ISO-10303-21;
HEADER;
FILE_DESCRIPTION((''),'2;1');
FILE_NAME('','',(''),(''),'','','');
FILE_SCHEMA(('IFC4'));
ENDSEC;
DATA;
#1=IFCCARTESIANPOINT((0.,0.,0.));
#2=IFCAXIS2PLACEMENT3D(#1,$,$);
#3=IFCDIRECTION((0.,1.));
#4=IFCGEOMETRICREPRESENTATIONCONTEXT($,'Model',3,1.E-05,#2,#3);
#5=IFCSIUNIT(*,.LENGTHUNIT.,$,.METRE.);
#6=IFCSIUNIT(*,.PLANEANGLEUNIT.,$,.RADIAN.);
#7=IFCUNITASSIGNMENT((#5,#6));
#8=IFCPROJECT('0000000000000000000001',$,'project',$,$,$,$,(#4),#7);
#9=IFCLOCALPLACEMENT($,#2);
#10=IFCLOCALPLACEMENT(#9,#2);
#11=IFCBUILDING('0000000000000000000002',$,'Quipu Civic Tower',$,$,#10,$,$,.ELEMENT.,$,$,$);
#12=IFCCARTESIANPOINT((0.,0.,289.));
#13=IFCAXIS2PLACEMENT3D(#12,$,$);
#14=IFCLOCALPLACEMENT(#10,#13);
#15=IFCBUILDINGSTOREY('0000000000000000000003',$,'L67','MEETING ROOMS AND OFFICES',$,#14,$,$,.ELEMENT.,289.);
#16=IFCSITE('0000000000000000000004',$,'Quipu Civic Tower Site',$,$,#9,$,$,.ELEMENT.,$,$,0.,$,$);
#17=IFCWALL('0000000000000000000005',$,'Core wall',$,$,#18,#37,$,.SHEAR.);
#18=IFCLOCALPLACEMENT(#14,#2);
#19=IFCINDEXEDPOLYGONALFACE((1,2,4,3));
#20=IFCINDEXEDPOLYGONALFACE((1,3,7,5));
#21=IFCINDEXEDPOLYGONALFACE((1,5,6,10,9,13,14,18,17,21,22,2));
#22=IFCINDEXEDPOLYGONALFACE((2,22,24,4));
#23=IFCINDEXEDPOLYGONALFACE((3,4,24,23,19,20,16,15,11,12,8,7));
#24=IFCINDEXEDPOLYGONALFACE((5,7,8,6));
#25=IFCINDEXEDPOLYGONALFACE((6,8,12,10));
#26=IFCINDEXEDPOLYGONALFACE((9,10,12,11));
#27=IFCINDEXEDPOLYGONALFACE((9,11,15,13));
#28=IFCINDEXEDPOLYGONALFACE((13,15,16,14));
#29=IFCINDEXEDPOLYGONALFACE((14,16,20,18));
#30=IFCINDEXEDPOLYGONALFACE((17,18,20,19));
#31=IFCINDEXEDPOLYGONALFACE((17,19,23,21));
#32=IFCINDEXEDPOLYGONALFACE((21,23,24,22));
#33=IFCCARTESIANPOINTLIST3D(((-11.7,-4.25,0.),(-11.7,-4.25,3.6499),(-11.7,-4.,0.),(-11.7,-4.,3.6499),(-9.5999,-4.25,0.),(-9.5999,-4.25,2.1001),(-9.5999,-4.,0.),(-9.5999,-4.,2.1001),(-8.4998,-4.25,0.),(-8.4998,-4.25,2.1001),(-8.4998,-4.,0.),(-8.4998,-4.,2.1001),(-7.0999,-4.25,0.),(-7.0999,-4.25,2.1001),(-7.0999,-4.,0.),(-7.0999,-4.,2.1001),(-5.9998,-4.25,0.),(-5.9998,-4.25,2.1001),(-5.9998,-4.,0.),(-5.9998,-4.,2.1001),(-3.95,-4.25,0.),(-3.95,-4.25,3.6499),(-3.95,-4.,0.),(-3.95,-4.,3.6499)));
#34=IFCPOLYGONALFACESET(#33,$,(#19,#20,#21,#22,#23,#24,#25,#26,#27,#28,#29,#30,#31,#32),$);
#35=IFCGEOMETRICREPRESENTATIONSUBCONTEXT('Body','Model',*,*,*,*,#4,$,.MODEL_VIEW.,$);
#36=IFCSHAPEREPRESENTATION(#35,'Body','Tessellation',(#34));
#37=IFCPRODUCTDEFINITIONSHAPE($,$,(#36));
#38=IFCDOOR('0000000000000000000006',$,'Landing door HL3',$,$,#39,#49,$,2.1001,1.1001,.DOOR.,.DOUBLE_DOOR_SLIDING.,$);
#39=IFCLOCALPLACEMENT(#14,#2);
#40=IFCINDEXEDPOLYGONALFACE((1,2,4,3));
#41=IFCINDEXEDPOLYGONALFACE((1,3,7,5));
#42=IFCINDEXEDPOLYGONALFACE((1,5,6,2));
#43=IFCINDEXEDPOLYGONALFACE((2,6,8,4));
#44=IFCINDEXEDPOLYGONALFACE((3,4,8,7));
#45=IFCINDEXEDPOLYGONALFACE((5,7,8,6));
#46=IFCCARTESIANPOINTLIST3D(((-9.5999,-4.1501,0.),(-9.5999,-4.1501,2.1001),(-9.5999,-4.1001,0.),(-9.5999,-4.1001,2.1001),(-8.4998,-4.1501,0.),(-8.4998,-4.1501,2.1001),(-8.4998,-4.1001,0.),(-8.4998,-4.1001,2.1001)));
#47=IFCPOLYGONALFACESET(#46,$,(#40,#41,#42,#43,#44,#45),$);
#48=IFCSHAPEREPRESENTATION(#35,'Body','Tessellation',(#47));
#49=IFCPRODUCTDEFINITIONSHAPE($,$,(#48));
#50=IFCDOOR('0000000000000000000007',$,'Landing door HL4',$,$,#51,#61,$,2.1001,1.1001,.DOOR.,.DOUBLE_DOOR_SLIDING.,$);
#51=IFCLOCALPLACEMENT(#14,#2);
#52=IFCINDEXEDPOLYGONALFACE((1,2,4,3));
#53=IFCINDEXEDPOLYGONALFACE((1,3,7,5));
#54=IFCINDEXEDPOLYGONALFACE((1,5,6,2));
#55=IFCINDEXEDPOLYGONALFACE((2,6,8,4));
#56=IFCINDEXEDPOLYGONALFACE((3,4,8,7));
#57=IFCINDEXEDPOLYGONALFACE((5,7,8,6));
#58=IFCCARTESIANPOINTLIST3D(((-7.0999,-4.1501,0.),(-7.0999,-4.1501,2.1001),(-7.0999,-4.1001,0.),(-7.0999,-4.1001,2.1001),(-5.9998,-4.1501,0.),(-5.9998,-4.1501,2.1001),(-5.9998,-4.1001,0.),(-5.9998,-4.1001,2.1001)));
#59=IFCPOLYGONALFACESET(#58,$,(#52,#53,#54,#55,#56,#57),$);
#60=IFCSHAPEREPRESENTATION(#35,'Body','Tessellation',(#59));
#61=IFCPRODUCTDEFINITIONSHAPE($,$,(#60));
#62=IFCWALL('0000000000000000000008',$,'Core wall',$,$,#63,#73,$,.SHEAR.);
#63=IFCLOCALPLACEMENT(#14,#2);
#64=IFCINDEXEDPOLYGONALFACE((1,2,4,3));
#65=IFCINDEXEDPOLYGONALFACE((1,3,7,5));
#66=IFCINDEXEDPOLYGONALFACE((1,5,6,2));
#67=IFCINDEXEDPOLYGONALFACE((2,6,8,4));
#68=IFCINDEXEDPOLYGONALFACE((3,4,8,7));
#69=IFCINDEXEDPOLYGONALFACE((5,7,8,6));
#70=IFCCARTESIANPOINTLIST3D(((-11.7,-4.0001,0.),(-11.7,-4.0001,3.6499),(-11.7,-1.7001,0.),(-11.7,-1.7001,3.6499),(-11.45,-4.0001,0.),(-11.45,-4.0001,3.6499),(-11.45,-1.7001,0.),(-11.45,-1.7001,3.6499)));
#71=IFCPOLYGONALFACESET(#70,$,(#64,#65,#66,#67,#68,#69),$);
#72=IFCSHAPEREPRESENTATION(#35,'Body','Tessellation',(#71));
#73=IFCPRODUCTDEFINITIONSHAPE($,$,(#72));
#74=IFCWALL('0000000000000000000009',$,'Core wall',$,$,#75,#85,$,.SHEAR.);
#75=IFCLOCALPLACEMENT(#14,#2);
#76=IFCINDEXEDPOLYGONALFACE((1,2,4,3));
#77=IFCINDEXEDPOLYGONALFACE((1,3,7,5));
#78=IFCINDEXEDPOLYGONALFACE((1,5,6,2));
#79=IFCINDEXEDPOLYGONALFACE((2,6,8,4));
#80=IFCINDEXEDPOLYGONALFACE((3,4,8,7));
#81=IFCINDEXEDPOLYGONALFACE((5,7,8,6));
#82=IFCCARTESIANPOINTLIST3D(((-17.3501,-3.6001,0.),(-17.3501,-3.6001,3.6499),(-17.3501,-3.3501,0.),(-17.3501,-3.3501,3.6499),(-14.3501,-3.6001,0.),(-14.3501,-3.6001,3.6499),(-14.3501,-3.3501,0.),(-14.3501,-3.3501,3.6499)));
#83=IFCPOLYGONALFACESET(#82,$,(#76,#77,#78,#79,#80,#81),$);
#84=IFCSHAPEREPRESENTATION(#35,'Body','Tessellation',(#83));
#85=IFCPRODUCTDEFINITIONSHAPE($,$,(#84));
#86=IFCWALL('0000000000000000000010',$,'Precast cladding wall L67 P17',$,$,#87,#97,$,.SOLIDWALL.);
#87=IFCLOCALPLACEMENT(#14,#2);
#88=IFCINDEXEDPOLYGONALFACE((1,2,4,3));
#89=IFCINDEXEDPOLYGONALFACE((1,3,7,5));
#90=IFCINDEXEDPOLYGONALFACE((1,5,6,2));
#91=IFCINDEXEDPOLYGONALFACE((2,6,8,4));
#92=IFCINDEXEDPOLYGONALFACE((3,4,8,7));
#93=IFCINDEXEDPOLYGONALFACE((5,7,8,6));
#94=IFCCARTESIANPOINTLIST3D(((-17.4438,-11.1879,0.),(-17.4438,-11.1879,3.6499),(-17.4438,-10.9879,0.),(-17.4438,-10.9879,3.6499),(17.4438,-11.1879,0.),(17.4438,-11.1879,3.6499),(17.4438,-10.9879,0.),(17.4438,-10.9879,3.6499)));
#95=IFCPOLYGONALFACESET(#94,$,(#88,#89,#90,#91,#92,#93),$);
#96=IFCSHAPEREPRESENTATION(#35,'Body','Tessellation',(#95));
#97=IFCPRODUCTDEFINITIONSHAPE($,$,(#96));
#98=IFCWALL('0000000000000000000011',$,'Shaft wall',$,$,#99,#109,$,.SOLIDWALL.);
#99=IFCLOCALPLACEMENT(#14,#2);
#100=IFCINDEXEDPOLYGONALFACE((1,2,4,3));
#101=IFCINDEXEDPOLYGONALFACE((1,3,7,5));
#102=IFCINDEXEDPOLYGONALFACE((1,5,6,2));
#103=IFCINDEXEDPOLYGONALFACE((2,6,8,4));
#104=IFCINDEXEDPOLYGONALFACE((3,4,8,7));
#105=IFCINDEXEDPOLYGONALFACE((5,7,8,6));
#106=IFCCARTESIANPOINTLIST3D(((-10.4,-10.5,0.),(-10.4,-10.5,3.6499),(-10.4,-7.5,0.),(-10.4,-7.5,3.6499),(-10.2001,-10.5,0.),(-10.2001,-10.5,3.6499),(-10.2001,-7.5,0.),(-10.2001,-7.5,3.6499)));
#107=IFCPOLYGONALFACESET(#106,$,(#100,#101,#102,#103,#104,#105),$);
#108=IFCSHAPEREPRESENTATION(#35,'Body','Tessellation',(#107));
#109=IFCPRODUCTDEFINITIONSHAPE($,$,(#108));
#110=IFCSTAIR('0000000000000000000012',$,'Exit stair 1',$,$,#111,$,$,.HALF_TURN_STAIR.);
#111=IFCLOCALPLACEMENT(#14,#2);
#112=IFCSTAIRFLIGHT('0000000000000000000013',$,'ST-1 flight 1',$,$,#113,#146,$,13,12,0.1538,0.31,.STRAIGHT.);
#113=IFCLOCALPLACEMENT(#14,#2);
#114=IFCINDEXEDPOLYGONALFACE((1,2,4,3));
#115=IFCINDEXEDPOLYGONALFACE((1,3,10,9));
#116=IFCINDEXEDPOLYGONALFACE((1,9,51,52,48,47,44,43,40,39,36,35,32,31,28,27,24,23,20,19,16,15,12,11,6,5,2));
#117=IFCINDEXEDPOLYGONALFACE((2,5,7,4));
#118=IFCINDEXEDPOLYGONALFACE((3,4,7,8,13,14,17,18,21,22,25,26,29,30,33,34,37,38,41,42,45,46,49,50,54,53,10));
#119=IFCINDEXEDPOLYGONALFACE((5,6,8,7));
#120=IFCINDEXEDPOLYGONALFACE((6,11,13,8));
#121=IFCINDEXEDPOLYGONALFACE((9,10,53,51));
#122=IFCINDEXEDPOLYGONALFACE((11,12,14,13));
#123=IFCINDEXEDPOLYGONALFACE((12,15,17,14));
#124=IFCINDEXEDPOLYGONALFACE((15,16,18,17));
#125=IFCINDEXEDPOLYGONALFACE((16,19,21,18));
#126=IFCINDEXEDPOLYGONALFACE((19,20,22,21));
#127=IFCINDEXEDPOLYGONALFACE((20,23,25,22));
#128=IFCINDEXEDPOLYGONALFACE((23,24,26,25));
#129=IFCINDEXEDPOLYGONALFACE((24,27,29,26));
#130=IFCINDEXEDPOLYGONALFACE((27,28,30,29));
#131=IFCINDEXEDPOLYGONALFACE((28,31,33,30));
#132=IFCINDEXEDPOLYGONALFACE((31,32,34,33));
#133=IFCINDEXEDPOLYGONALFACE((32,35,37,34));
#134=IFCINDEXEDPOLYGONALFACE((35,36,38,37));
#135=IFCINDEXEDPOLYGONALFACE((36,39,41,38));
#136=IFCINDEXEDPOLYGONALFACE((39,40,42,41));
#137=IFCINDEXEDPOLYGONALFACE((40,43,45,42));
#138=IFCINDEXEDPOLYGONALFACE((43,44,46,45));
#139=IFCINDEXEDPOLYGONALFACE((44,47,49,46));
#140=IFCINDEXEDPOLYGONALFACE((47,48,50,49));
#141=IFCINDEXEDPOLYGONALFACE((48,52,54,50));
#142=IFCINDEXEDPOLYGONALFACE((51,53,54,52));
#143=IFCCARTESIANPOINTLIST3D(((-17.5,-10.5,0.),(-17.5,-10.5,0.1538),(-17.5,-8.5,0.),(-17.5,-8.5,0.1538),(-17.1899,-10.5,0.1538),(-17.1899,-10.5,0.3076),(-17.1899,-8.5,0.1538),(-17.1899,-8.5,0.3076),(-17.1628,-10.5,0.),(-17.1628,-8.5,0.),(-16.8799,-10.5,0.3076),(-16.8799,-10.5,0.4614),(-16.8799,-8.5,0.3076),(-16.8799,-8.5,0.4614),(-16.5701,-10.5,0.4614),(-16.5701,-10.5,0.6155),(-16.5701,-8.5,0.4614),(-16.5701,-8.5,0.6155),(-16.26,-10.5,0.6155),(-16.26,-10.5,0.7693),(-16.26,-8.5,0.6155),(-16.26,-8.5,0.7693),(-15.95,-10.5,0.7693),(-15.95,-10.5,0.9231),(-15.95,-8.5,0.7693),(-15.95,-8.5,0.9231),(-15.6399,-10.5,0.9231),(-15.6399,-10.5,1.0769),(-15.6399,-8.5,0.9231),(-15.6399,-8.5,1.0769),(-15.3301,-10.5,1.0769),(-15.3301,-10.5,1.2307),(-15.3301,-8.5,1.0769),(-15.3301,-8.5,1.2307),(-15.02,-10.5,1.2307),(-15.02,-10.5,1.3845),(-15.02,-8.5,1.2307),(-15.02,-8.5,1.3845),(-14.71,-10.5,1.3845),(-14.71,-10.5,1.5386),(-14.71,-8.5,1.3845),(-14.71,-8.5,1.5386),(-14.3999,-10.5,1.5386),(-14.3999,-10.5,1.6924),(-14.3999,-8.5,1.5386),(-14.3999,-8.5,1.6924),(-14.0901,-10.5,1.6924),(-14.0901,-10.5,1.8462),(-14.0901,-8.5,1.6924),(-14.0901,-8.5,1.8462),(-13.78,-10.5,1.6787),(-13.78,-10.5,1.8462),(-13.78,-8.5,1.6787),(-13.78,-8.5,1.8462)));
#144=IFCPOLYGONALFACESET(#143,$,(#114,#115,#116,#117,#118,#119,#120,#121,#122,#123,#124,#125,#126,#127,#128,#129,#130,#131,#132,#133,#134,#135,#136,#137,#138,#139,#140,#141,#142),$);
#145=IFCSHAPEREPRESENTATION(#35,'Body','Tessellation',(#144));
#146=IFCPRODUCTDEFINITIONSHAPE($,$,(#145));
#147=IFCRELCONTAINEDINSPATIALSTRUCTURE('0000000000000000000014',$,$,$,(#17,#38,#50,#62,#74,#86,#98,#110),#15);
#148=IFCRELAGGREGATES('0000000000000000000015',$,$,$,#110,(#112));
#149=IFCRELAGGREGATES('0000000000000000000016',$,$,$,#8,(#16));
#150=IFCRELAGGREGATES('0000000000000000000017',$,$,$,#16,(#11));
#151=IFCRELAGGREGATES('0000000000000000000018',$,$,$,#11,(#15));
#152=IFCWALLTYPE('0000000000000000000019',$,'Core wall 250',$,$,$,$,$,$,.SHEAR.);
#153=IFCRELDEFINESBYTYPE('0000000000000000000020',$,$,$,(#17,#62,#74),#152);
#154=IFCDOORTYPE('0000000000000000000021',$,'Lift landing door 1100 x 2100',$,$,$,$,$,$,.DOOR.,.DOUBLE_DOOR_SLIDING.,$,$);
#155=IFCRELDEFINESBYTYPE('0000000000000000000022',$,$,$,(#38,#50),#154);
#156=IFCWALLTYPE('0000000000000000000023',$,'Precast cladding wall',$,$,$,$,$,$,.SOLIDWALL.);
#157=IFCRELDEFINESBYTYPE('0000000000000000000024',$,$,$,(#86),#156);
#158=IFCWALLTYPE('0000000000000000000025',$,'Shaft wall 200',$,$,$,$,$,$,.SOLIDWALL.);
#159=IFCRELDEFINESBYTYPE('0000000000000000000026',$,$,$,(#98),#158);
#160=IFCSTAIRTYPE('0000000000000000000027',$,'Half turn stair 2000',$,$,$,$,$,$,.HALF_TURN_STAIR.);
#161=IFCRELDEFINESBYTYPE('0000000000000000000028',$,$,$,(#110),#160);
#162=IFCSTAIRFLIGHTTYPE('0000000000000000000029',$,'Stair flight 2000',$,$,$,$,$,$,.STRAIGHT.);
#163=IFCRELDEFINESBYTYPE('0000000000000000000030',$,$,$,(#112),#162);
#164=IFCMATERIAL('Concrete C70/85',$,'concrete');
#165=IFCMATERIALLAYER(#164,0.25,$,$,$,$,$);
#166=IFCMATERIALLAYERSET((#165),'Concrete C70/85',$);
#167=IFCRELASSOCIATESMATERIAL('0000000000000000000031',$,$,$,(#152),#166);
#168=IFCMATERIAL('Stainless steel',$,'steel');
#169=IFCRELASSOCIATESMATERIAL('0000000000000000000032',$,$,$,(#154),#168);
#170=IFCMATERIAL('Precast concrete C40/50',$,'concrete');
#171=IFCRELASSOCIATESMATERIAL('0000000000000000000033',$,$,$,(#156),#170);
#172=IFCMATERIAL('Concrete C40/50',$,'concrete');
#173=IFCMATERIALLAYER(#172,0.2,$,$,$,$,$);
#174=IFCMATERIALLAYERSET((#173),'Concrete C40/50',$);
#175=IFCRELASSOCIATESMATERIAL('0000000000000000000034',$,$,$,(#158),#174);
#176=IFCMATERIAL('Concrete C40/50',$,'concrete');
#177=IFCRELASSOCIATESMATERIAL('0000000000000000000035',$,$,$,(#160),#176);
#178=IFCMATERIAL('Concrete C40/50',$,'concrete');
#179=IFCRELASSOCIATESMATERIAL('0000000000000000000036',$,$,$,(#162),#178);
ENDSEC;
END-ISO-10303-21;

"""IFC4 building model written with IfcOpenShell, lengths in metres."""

from ifc_helpers import new_model, si_unit, direction, frame, frame_2d, origin, place, context, subcontext, project, spatial, polyline, rectangle, outline, extrude, material, layer, layer_set, type_object, element, fill, aggregate, save


model = new_model("IFC4")

# Units and contexts
model_context = context("Model", 3, precision=1e-05, world=origin(), true_north=direction((0.0, 1.0)))
body_context = subcontext(model_context, "Body", "Model", "MODEL_VIEW")
ifc_project = project(units=[si_unit("LENGTHUNIT", "METRE"), si_unit("PLANEANGLEUNIT", "RADIAN")], contexts=[model_context])

# Site, building, storey
site_placement = place(None, origin())
site = spatial("IfcSite", under=ifc_project, at=site_placement, Name="Quipu Civic Tower Site", CompositionType="ELEMENT", RefElevation=0.0)
building_placement = place(site_placement, origin())
building = spatial("IfcBuilding", under=site, at=building_placement, Name="Quipu Civic Tower", CompositionType="ELEMENT")
storey_placement = place(building_placement, frame((0.0, 0.0, 289.0)))
storey = spatial("IfcBuildingStorey", under=building, at=storey_placement, Name="L67", Description="MEETING ROOMS AND OFFICES", CompositionType="ELEMENT", Elevation=289.0)

# Shared definitions
ifc_material_1 = material(Name="Concrete C70/85", Category="concrete")
ifc_layer_1 = layer(ifc_material_1, 0.25)
ifc_layer_set_1 = layer_set([ifc_layer_1], Name="Concrete C70/85")
wall_type_1 = type_object("IfcWallType", Name="Core wall 250", PredefinedType="SHEAR", material=ifc_layer_set_1)

# Wall, openings, doors
wall_1_placement = place(storey_placement, frame((-11.7, -4.125, 0.0), z_axis=(0.0, 0.0, 1.0), x_axis=(1.0, 0.0, 0.0)))
wall_1 = element("IfcWall", 1, at=wall_1_placement, inside=storey, type_object=wall_type_1, Name="Core wall", PredefinedType="SHEAR", context=body_context, shape_type="SweptSolid", body=[
    extrude(rectangle(XDim=7.75, YDim=0.25, at=frame_2d((3.875, 0.0))), origin(), (0.0, 0.0, 1.0), 3.6499),
])
opening_1_placement = place(wall_1_placement, frame((2.1001, 0.0, 0.0)))
opening_1 = element("IfcOpeningElement", 2, at=opening_1_placement, cuts=wall_1, PredefinedType="OPENING", context=body_context, shape_type="SweptSolid", body=[
    extrude(rectangle(XDim=1.1001, YDim=2.1001, at=frame_2d((0.55, 1.05))), frame((0.0, 0.135, 0.0), z_axis=(0.0, -1.0, 0.0), x_axis=(1.0, 0.0, 0.0)), (0.0, 0.0, 1.0), 0.27),
])
opening_2_placement = place(wall_1_placement, frame((4.6001, 0.0, 0.0)))
opening_2 = element("IfcOpeningElement", 3, at=opening_2_placement, cuts=wall_1, PredefinedType="OPENING", context=body_context, shape_type="SweptSolid", body=[
    extrude(rectangle(XDim=1.1001, YDim=2.1001, at=frame_2d((0.55, 1.05))), frame((0.0, 0.135, 0.0), z_axis=(0.0, -1.0, 0.0), x_axis=(1.0, 0.0, 0.0)), (0.0, 0.0, 1.0), 0.27),
])
ifc_material_2 = material(Name="Stainless steel", Category="steel")
door_type_1 = type_object("IfcDoorType", Name="Lift landing door 1100 x 2100", OperationType="DOUBLE_DOOR_SLIDING", PredefinedType="DOOR", material=ifc_material_2)
door_1_placement = place(opening_1_placement, origin())
door_1 = element("IfcDoor", 4, at=door_1_placement, inside=storey, type_object=door_type_1, Name="Landing door HL3", OperationType="DOUBLE_DOOR_SLIDING", OverallHeight=2.1001, OverallWidth=1.1001, PredefinedType="DOOR", context=body_context, shape_type="SweptSolid", body=[
    extrude(rectangle(XDim=1.1001, YDim=2.1001, at=frame_2d((0.55, 1.05))), frame((0.0, 0.0249, 0.0), z_axis=(0.0, -1.0, 0.0), x_axis=(1.0, 0.0, 0.0)), (0.0, 0.0, 1.0), 0.05),
])
fill(opening_1, door_1)
door_2_placement = place(opening_2_placement, origin())
door_2 = element("IfcDoor", 5, at=door_2_placement, inside=storey, type_object=door_type_1, Name="Landing door HL4", OperationType="DOUBLE_DOOR_SLIDING", OverallHeight=2.1001, OverallWidth=1.1001, PredefinedType="DOOR", context=body_context, shape_type="SweptSolid", body=[
    extrude(rectangle(XDim=1.1001, YDim=2.1001, at=frame_2d((0.55, 1.05))), frame((0.0, 0.0249, 0.0), z_axis=(0.0, -1.0, 0.0), x_axis=(1.0, 0.0, 0.0)), (0.0, 0.0, 1.0), 0.05),
])
fill(opening_2, door_2)

# Walls
wall_2_placement = place(storey_placement, frame((-11.575, -4.0, 0.0), z_axis=(0.0, 0.0, 1.0), x_axis=(0.0, 1.0, 0.0)))
element("IfcWall", 6, at=wall_2_placement, inside=storey, type_object=wall_type_1, Name="Core wall", PredefinedType="SHEAR", context=body_context, shape_type="SweptSolid", body=[
    extrude(rectangle(XDim=2.3, YDim=0.25, at=frame_2d((1.1499, 0.0))), origin(), (0.0, 0.0, 1.0), 3.6499),
])
wall_3_placement = place(storey_placement, frame((-17.3501, -3.4751, 0.0), z_axis=(0.0, 0.0, 1.0), x_axis=(1.0, 0.0, 0.0)))
element("IfcWall", 7, at=wall_3_placement, inside=storey, type_object=wall_type_1, Name="Core wall", PredefinedType="SHEAR", context=body_context, shape_type="SweptSolid", body=[
    extrude(rectangle(XDim=3.0, YDim=0.25, at=frame_2d((1.5, 0.0))), origin(), (0.0, 0.0, 1.0), 3.6499),
])
ifc_material_3 = material(Name="Precast concrete C40/50", Category="concrete")
wall_type_2 = type_object("IfcWallType", Name="Precast cladding wall", PredefinedType="SOLIDWALL", material=ifc_material_3)
wall_4_placement = place(storey_placement, frame((-17.4438, -11.0879, 0.0), z_axis=(0.0, 0.0, 1.0), x_axis=(1.0, 0.0, 0.0)))
element("IfcWall", 8, at=wall_4_placement, inside=storey, type_object=wall_type_2, Name="Precast cladding wall L67 P17", PredefinedType="SOLIDWALL", context=body_context, shape_type="SweptSolid", body=[
    extrude(rectangle(XDim=34.8877, YDim=0.2, at=frame_2d((17.4438, 0.0))), origin(), (0.0, 0.0, 1.0), 3.6499),
])
ifc_material_4 = material(Name="Concrete C40/50", Category="concrete")
ifc_layer_2 = layer(ifc_material_4, 0.2)
ifc_layer_set_2 = layer_set([ifc_layer_2], Name="Concrete C40/50")
wall_type_3 = type_object("IfcWallType", Name="Shaft wall 200", PredefinedType="SOLIDWALL", material=ifc_layer_set_2)
wall_5_placement = place(storey_placement, frame((-10.3, -10.5, 0.0), z_axis=(0.0, 0.0, 1.0), x_axis=(0.0, 1.0, 0.0)))
element("IfcWall", 9, at=wall_5_placement, inside=storey, type_object=wall_type_3, Name="Shaft wall", PredefinedType="SOLIDWALL", context=body_context, shape_type="SweptSolid", body=[
    extrude(rectangle(XDim=3.0, YDim=0.2, at=frame_2d((1.5, 0.0))), origin(), (0.0, 0.0, 1.0), 3.6499),
])

# Stair, stair flight
ifc_material_5 = material(Name="Concrete C40/50", Category="concrete")
stair_type = type_object("IfcStairType", Name="Half turn stair 2000", PredefinedType="HALF_TURN_STAIR", material=ifc_material_5)
stair_placement = place(storey_placement, origin())
stair = element("IfcStair", 10, at=stair_placement, inside=storey, type_object=stair_type, Name="Exit stair 1", PredefinedType="HALF_TURN_STAIR")
ifc_material_6 = material(Name="Concrete C40/50", Category="concrete")
stair_flight_type = type_object("IfcStairFlightType", Name="Stair flight 2000", PredefinedType="STRAIGHT", material=ifc_material_6)
stair_flight_1_placement = place(storey_placement, frame((-17.5, -9.5, 0.0), z_axis=(0.0, 0.0, 1.0), x_axis=(1.0, 0.0, 0.0)))
stair_flight_1 = element("IfcStairFlight", 11, at=stair_flight_1_placement, type_object=stair_flight_type, Name="ST-1 flight 1", NumberOfRisers=13, NumberOfTreads=12, PredefinedType="STRAIGHT", RiserHeight=0.1538, TreadLength=0.31, context=body_context, shape_type="SweptSolid", body=[
    extrude(outline(polyline([(0.0, 0.0), (0.0, 0.1538), (0.3101, 0.1538), (0.3101, 0.3076), (0.6201, 0.3076), (0.6201, 0.4614), (0.9299, 0.4614), (0.9299, 0.6155), (1.24, 0.6155), (1.24, 0.7693), (1.55, 0.7693), (1.55, 0.9231), (1.8601, 0.9231), (1.8601, 1.0769), (2.1699, 1.0769), (2.1699, 1.2307), (2.48, 1.2307), (2.48, 1.3845), (2.79, 1.3845), (2.79, 1.5386), (3.1001, 1.5386), (3.1001, 1.6924), (3.4099, 1.6924), (3.4099, 1.8462), (3.72, 1.8462), (3.72, 2.0), (3.72, 1.6787), (0.3372, 0.0), (0.0, 0.0)])), frame((0.0, 1.0, 0.0), z_axis=(0.0, -1.0, 0.0), x_axis=(1.0, 0.0, 0.0)), (0.0, 0.0, 1.0), 2.0),
])
aggregate(stair, [stair_flight_1])

save(model, "model.ifc")
